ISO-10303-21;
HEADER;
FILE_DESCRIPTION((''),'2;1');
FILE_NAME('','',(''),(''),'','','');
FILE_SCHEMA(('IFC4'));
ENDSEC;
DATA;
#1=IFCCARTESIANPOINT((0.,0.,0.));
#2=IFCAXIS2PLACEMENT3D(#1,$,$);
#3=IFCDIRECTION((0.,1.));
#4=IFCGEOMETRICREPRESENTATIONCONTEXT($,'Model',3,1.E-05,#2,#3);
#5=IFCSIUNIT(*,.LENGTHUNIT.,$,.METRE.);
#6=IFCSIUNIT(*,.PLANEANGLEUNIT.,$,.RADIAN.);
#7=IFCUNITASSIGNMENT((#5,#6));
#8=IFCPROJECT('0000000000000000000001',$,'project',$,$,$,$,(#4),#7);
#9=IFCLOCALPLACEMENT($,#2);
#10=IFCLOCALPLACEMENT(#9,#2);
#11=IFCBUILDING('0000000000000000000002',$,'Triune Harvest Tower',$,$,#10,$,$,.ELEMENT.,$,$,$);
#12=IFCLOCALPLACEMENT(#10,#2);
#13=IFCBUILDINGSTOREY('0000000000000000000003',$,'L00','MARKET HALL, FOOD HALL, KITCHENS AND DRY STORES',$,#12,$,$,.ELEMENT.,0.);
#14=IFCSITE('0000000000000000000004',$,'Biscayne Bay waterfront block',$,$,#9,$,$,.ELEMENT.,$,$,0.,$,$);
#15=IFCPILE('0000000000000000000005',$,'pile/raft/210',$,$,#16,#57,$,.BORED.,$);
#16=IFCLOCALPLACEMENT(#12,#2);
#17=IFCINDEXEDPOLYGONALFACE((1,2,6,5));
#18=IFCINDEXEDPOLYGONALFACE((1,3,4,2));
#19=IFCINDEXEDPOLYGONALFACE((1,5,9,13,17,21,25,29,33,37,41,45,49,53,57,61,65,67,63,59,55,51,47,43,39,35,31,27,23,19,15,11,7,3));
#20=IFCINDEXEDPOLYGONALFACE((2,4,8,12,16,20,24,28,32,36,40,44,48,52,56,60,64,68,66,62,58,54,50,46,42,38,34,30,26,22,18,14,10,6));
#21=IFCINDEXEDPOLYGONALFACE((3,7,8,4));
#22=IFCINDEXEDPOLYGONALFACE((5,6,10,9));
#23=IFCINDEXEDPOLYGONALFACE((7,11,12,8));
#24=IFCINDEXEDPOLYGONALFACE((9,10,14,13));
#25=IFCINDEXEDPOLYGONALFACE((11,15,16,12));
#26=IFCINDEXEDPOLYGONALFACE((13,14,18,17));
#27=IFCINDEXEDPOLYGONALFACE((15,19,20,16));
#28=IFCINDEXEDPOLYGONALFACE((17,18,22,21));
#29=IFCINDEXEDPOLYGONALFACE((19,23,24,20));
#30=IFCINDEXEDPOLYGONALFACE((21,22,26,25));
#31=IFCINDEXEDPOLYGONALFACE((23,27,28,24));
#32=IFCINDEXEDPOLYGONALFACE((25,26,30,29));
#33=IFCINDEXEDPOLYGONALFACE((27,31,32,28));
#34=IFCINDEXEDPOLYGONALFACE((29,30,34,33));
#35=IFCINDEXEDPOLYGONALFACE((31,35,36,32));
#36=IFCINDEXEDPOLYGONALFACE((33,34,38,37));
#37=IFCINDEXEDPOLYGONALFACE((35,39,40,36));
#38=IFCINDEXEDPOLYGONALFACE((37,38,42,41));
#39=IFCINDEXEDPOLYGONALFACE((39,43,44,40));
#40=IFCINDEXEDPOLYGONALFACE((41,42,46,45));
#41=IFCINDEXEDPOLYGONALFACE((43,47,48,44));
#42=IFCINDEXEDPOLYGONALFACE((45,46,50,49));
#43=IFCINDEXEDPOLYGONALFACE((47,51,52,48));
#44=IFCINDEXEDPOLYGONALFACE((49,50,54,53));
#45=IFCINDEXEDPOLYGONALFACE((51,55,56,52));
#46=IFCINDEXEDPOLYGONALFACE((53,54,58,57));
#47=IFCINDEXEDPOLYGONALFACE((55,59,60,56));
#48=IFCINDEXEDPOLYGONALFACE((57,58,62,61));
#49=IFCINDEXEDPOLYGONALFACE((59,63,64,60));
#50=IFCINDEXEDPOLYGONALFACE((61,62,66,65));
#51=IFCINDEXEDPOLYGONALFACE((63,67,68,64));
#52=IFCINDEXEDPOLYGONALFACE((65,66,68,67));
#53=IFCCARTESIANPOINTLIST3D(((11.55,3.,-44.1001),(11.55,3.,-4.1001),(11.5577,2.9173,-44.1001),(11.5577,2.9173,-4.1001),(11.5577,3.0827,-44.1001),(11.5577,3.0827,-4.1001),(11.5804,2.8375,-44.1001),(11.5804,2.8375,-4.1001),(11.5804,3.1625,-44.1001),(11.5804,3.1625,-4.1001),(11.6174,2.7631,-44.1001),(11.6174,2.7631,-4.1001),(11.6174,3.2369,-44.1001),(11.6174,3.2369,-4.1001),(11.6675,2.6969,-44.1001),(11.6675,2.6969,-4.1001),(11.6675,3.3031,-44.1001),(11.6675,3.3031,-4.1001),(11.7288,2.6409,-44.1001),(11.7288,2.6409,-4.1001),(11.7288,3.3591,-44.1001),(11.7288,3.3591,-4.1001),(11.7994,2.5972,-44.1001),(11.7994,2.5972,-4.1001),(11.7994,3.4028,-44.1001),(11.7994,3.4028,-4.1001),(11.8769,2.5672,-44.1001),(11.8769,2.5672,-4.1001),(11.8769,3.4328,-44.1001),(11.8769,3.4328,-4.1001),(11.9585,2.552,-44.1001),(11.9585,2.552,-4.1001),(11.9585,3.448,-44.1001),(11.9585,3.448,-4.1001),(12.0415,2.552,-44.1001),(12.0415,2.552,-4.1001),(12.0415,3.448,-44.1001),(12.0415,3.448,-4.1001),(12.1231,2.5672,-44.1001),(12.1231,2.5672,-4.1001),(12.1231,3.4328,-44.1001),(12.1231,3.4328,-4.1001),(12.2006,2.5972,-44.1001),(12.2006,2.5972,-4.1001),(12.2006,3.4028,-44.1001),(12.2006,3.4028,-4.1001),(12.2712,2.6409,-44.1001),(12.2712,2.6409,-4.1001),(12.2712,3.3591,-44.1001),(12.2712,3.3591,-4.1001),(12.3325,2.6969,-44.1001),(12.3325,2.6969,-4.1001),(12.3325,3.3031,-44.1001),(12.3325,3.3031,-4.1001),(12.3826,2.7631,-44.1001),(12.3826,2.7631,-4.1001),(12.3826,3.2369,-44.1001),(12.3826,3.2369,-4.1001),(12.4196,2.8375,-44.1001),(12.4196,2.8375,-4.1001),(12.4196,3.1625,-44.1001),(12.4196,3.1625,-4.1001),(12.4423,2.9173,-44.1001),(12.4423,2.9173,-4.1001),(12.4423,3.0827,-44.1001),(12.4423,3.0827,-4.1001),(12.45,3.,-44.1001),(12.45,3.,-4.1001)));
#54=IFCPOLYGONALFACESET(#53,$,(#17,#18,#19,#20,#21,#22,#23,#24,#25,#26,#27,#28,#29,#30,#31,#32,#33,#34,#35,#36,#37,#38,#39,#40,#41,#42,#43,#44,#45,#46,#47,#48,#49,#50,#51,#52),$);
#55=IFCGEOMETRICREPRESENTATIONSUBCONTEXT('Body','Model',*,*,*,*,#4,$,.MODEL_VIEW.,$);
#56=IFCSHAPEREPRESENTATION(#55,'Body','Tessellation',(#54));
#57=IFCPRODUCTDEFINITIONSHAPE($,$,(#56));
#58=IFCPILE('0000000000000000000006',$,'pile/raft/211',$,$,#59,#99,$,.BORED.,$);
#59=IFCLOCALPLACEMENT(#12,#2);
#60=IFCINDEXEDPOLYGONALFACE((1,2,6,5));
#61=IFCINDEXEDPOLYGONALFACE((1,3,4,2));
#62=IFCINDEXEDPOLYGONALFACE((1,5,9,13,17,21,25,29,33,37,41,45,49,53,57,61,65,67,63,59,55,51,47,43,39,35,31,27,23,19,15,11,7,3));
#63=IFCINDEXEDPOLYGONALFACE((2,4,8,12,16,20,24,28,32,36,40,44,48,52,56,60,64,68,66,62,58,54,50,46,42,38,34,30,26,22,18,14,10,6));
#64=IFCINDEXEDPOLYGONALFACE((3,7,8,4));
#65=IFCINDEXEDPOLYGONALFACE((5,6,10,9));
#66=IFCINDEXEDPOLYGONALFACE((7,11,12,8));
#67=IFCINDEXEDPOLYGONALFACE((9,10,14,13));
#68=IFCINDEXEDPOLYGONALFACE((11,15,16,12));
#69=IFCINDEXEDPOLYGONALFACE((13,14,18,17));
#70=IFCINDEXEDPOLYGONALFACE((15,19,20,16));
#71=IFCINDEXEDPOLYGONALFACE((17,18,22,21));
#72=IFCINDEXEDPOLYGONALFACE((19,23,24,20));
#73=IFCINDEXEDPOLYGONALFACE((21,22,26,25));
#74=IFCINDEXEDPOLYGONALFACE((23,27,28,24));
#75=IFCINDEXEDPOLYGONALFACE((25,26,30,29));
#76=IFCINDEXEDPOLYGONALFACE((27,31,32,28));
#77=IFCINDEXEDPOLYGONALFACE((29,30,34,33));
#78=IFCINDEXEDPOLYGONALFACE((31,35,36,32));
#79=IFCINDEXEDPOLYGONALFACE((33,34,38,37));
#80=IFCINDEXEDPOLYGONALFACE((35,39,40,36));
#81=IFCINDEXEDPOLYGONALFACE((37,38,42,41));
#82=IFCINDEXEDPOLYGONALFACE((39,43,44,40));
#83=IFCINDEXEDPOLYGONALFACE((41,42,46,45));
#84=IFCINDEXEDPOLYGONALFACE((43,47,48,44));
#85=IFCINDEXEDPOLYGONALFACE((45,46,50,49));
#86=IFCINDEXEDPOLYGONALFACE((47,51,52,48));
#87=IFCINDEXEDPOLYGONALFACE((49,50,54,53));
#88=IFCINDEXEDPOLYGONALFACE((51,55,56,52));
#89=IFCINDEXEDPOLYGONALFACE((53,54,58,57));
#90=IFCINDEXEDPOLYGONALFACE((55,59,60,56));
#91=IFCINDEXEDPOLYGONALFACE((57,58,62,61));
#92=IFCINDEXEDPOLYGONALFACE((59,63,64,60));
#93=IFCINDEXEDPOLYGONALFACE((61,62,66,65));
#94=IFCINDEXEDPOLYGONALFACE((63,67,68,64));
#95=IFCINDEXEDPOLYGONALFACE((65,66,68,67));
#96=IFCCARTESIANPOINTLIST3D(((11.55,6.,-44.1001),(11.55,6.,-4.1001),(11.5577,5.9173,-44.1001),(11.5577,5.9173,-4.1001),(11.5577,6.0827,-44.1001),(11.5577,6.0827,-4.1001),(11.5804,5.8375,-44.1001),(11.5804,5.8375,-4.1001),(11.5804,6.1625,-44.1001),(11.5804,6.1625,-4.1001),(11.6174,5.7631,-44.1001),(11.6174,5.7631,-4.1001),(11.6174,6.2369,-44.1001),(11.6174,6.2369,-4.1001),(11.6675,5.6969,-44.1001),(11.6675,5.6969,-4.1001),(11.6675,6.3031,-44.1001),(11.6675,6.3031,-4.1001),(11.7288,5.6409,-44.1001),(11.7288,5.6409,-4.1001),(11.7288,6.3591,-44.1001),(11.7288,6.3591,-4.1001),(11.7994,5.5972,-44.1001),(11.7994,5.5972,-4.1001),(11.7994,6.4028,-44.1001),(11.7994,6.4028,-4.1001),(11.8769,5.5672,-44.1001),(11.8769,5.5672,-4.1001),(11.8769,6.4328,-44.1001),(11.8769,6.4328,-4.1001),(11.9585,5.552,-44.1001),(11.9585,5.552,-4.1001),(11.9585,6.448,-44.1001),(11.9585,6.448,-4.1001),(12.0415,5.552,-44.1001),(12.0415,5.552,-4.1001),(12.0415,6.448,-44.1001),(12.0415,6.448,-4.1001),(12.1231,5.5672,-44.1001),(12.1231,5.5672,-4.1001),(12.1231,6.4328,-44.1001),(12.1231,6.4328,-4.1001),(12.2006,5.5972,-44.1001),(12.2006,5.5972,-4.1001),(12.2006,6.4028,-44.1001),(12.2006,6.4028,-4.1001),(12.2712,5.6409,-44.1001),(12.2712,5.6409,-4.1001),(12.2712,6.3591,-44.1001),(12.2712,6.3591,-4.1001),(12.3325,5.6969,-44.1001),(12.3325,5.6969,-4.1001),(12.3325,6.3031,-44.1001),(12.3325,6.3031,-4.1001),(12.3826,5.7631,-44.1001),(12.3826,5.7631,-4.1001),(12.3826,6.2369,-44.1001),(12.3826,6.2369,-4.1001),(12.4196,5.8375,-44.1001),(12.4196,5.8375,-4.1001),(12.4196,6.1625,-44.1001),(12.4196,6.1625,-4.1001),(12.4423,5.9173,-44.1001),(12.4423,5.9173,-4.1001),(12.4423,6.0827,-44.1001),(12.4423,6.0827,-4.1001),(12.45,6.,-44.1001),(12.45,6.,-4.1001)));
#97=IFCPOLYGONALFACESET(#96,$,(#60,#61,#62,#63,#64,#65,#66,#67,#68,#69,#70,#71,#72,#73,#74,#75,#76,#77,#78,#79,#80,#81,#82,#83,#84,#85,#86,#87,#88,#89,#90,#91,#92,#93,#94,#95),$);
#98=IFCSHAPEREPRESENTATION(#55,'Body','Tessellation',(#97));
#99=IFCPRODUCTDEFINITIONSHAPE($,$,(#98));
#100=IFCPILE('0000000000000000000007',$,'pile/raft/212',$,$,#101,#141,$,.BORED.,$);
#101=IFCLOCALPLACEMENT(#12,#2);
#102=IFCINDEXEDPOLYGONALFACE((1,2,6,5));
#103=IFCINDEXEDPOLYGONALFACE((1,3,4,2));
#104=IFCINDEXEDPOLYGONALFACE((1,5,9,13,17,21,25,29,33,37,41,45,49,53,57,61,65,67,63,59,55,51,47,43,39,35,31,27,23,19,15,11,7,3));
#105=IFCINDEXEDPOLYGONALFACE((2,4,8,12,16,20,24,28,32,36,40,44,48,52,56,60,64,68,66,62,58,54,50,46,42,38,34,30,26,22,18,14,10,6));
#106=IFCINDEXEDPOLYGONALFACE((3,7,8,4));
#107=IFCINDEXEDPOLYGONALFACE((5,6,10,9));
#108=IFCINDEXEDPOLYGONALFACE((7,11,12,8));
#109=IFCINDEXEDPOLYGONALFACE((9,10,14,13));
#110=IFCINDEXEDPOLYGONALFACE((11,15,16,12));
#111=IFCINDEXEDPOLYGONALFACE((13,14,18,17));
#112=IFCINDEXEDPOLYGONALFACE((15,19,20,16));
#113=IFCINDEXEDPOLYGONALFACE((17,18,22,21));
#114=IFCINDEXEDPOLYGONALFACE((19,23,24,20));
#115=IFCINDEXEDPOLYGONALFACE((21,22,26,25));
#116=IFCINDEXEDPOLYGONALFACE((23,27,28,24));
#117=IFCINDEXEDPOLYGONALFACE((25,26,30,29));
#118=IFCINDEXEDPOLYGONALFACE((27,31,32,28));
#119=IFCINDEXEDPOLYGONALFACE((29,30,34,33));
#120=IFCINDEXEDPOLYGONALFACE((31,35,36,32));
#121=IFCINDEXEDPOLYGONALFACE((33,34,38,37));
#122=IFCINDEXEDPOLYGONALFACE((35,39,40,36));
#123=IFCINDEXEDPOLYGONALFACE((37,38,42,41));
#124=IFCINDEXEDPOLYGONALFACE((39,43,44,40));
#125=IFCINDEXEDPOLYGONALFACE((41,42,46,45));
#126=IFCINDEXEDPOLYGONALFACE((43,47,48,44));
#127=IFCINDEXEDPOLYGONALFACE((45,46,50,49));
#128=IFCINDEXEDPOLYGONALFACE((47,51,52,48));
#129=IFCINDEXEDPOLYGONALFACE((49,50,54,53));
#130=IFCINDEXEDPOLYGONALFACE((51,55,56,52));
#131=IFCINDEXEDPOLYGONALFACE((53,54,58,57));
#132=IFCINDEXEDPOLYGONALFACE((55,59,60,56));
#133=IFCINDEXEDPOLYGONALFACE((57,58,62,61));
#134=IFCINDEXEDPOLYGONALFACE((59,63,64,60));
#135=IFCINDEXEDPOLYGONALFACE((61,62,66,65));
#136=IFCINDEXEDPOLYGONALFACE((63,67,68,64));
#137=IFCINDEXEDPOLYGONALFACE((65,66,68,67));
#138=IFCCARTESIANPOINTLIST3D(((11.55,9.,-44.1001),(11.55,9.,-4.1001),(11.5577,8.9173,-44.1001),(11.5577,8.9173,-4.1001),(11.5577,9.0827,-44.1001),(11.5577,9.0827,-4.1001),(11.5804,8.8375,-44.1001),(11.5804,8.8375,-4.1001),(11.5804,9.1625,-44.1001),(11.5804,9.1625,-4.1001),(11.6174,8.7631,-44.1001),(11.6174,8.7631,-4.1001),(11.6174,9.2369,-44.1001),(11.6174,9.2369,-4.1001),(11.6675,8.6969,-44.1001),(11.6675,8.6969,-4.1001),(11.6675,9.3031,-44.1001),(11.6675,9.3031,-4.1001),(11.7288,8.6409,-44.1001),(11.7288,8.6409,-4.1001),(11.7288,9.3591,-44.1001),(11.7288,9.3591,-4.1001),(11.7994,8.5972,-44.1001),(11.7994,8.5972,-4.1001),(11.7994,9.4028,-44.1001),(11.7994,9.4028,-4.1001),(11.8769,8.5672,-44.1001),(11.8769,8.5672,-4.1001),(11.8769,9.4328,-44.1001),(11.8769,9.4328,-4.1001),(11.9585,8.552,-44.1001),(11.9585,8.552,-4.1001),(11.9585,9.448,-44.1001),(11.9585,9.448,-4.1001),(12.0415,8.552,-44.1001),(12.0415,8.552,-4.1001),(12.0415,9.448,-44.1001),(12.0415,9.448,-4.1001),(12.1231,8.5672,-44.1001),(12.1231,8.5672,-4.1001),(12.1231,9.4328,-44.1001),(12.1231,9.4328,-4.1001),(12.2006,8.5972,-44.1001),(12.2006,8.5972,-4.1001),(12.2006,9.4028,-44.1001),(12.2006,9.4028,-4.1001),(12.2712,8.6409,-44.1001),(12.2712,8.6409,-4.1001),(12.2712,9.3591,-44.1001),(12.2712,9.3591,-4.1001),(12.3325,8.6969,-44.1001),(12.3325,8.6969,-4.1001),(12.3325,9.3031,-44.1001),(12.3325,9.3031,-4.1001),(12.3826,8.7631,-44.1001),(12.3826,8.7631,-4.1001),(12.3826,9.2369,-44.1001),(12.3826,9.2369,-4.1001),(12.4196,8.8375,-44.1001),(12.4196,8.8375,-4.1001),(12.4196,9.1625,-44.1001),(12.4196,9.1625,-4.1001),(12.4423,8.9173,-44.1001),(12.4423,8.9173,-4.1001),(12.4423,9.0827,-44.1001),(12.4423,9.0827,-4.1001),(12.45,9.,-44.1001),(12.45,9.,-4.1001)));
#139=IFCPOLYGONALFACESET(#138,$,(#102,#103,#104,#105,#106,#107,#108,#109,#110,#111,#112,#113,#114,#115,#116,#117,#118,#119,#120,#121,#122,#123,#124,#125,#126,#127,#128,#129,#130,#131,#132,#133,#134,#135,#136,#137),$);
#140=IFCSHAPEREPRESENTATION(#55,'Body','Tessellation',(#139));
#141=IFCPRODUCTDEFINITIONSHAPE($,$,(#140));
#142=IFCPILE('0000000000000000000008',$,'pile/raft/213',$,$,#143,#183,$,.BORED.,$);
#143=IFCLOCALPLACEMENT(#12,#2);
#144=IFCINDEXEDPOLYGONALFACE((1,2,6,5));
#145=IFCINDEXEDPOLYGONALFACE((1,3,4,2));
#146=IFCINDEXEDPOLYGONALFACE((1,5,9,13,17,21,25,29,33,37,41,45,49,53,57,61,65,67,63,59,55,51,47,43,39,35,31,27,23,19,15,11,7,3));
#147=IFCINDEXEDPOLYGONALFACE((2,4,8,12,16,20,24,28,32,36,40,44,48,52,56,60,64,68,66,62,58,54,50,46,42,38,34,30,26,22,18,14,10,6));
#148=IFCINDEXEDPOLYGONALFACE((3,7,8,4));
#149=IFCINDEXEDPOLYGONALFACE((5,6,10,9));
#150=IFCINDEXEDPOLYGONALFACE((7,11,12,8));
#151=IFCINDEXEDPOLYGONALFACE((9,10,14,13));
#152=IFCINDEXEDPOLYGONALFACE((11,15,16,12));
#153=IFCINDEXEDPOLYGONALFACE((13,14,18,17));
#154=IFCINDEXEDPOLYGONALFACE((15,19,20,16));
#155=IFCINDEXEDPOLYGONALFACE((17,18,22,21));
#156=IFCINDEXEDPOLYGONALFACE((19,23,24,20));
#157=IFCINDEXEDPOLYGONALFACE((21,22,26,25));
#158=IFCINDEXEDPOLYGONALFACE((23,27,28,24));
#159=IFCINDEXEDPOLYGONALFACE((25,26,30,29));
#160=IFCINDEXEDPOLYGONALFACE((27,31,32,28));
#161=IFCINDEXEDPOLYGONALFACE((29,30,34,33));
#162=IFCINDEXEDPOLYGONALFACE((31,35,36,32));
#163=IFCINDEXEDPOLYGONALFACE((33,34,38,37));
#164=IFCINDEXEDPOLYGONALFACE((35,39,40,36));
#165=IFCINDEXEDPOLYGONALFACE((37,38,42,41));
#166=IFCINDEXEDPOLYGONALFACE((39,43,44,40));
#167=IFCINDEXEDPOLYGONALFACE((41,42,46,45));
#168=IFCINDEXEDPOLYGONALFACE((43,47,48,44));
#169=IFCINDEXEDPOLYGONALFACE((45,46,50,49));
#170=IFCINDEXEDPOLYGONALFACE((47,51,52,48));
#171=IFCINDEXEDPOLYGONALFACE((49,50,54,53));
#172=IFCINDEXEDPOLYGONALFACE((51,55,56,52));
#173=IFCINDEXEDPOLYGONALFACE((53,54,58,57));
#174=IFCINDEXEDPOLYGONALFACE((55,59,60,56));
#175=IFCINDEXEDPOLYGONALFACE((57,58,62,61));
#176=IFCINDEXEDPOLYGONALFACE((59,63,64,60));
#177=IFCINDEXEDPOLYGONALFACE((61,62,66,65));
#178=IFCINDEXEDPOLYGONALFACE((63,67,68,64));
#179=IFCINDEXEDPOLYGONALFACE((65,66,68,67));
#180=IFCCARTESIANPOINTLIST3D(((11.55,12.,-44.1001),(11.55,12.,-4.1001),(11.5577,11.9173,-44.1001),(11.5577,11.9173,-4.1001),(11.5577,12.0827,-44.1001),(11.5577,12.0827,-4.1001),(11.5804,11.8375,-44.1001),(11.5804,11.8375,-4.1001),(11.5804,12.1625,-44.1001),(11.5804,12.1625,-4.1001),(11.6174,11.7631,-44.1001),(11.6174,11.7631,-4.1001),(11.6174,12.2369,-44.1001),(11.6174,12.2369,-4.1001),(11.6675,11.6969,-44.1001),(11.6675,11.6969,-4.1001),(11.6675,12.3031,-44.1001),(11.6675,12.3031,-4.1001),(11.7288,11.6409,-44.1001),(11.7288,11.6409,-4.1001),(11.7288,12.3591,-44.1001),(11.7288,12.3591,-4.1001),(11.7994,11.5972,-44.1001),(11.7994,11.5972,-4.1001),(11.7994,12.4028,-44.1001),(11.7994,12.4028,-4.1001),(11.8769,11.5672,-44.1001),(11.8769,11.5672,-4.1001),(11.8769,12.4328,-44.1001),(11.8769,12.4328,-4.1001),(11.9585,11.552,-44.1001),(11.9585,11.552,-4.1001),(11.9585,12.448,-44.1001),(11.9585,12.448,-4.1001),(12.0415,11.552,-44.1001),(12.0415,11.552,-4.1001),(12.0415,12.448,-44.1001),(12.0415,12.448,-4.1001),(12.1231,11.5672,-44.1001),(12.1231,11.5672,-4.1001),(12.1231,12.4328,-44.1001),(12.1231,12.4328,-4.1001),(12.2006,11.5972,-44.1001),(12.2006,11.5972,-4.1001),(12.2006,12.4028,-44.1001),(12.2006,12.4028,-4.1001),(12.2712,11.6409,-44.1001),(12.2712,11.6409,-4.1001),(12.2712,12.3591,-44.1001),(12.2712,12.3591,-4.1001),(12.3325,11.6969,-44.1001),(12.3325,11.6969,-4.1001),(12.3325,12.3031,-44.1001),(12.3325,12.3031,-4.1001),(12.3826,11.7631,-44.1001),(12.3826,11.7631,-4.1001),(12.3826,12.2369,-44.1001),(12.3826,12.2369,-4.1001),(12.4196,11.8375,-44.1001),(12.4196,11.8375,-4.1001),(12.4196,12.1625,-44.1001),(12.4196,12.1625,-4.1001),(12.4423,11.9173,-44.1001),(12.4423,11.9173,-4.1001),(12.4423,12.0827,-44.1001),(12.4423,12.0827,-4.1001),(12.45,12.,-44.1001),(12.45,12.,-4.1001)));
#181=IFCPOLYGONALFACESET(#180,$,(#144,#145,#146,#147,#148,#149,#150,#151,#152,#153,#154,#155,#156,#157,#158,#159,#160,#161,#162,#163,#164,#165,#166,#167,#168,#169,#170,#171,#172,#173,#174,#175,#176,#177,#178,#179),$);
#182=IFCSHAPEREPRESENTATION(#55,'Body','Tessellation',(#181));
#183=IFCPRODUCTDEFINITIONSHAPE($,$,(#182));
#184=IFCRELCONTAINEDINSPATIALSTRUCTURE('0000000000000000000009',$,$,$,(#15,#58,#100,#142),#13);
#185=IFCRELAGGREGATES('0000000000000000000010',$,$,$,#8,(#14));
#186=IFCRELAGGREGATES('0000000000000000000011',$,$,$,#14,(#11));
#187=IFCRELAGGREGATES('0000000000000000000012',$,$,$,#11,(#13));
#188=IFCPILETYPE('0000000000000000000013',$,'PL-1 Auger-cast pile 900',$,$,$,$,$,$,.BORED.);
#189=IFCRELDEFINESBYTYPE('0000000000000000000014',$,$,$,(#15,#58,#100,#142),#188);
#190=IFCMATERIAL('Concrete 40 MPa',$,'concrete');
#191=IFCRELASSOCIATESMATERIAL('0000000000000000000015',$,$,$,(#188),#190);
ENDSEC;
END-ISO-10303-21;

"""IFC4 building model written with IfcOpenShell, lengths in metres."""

from ifc_helpers import new_model, si_unit, direction, frame, origin, origin_2d, place, context, subcontext, project, spatial, circle, extrude, source, transform, mapped, material, material_profile, profile_set, type_object, element, save


model = new_model("IFC4")

# Units and contexts
model_context = context("Model", 3, precision=1e-05, world=origin(), true_north=direction((0.0, 1.0)))
body_context = subcontext(model_context, "Body", "Model", "MODEL_VIEW")
ifc_project = project(units=[si_unit("LENGTHUNIT", "METRE"), si_unit("PLANEANGLEUNIT", "RADIAN")], contexts=[model_context])

# Site, building, storey
site_placement = place(None, origin())
site = spatial("IfcSite", under=ifc_project, at=site_placement, Name="Biscayne Bay waterfront block", CompositionType="ELEMENT", RefElevation=0.0)
building_placement = place(site_placement, origin())
building = spatial("IfcBuilding", under=site, at=building_placement, Name="Triune Harvest Tower", CompositionType="ELEMENT")
storey_placement = place(building_placement, origin())
storey = spatial("IfcBuildingStorey", under=building, at=storey_placement, Name="L00", Description="MARKET HALL, FOOD HALL, KITCHENS AND DRY STORES", CompositionType="ELEMENT", Elevation=0.0)

# Piles
ifc_material_1 = material(Name="Concrete 40 MPa", Category="concrete")
ifc_material_profile = material_profile(ifc_material_1, circle(Radius=0.45, at=origin_2d()), Name="Bored 900")
ifc_profile_set = profile_set([ifc_material_profile], Name="Concrete 40 MPa")
pile_type = type_object("IfcPileType", Name="PL-1 Auger-cast pile 900", PredefinedType="BORED", material=ifc_profile_set)
shared_shape_1 = source(origin(), body_context, "Body", "SweptSolid", [
    extrude(circle(Radius=0.45, at=origin_2d()), origin(), (0.0, 0.0, 1.0), 40.0),
])
for number, where, z_axis, x_axis, name in (
    (1, (12.0, 3.0, -4.1001), (0.0, 0.0, -1.0), (1.0, 0.0, 0.0), "pile/raft/210"),
    (2, (12.0, 6.0, -4.1001), (0.0, 0.0, -1.0), (1.0, 0.0, 0.0), "pile/raft/211"),
    (3, (12.0, 9.0, -4.1001), (0.0, 0.0, -1.0), (1.0, 0.0, 0.0), "pile/raft/212"),
    (4, (12.0, 12.0, -4.1001), (0.0, 0.0, -1.0), (1.0, 0.0, 0.0), "pile/raft/213"),
):
    element("IfcPile", number, at=place(storey_placement, frame(where, z_axis=z_axis, x_axis=x_axis)), inside=storey, type_object=pile_type, Name=name, PredefinedType="BORED", context=body_context, shape_type="MappedRepresentation", body=[
        mapped(shared_shape_1, transform((0.0, 0.0, 0.0), scale=1.0)),
    ])

save(model, "model.ifc")
